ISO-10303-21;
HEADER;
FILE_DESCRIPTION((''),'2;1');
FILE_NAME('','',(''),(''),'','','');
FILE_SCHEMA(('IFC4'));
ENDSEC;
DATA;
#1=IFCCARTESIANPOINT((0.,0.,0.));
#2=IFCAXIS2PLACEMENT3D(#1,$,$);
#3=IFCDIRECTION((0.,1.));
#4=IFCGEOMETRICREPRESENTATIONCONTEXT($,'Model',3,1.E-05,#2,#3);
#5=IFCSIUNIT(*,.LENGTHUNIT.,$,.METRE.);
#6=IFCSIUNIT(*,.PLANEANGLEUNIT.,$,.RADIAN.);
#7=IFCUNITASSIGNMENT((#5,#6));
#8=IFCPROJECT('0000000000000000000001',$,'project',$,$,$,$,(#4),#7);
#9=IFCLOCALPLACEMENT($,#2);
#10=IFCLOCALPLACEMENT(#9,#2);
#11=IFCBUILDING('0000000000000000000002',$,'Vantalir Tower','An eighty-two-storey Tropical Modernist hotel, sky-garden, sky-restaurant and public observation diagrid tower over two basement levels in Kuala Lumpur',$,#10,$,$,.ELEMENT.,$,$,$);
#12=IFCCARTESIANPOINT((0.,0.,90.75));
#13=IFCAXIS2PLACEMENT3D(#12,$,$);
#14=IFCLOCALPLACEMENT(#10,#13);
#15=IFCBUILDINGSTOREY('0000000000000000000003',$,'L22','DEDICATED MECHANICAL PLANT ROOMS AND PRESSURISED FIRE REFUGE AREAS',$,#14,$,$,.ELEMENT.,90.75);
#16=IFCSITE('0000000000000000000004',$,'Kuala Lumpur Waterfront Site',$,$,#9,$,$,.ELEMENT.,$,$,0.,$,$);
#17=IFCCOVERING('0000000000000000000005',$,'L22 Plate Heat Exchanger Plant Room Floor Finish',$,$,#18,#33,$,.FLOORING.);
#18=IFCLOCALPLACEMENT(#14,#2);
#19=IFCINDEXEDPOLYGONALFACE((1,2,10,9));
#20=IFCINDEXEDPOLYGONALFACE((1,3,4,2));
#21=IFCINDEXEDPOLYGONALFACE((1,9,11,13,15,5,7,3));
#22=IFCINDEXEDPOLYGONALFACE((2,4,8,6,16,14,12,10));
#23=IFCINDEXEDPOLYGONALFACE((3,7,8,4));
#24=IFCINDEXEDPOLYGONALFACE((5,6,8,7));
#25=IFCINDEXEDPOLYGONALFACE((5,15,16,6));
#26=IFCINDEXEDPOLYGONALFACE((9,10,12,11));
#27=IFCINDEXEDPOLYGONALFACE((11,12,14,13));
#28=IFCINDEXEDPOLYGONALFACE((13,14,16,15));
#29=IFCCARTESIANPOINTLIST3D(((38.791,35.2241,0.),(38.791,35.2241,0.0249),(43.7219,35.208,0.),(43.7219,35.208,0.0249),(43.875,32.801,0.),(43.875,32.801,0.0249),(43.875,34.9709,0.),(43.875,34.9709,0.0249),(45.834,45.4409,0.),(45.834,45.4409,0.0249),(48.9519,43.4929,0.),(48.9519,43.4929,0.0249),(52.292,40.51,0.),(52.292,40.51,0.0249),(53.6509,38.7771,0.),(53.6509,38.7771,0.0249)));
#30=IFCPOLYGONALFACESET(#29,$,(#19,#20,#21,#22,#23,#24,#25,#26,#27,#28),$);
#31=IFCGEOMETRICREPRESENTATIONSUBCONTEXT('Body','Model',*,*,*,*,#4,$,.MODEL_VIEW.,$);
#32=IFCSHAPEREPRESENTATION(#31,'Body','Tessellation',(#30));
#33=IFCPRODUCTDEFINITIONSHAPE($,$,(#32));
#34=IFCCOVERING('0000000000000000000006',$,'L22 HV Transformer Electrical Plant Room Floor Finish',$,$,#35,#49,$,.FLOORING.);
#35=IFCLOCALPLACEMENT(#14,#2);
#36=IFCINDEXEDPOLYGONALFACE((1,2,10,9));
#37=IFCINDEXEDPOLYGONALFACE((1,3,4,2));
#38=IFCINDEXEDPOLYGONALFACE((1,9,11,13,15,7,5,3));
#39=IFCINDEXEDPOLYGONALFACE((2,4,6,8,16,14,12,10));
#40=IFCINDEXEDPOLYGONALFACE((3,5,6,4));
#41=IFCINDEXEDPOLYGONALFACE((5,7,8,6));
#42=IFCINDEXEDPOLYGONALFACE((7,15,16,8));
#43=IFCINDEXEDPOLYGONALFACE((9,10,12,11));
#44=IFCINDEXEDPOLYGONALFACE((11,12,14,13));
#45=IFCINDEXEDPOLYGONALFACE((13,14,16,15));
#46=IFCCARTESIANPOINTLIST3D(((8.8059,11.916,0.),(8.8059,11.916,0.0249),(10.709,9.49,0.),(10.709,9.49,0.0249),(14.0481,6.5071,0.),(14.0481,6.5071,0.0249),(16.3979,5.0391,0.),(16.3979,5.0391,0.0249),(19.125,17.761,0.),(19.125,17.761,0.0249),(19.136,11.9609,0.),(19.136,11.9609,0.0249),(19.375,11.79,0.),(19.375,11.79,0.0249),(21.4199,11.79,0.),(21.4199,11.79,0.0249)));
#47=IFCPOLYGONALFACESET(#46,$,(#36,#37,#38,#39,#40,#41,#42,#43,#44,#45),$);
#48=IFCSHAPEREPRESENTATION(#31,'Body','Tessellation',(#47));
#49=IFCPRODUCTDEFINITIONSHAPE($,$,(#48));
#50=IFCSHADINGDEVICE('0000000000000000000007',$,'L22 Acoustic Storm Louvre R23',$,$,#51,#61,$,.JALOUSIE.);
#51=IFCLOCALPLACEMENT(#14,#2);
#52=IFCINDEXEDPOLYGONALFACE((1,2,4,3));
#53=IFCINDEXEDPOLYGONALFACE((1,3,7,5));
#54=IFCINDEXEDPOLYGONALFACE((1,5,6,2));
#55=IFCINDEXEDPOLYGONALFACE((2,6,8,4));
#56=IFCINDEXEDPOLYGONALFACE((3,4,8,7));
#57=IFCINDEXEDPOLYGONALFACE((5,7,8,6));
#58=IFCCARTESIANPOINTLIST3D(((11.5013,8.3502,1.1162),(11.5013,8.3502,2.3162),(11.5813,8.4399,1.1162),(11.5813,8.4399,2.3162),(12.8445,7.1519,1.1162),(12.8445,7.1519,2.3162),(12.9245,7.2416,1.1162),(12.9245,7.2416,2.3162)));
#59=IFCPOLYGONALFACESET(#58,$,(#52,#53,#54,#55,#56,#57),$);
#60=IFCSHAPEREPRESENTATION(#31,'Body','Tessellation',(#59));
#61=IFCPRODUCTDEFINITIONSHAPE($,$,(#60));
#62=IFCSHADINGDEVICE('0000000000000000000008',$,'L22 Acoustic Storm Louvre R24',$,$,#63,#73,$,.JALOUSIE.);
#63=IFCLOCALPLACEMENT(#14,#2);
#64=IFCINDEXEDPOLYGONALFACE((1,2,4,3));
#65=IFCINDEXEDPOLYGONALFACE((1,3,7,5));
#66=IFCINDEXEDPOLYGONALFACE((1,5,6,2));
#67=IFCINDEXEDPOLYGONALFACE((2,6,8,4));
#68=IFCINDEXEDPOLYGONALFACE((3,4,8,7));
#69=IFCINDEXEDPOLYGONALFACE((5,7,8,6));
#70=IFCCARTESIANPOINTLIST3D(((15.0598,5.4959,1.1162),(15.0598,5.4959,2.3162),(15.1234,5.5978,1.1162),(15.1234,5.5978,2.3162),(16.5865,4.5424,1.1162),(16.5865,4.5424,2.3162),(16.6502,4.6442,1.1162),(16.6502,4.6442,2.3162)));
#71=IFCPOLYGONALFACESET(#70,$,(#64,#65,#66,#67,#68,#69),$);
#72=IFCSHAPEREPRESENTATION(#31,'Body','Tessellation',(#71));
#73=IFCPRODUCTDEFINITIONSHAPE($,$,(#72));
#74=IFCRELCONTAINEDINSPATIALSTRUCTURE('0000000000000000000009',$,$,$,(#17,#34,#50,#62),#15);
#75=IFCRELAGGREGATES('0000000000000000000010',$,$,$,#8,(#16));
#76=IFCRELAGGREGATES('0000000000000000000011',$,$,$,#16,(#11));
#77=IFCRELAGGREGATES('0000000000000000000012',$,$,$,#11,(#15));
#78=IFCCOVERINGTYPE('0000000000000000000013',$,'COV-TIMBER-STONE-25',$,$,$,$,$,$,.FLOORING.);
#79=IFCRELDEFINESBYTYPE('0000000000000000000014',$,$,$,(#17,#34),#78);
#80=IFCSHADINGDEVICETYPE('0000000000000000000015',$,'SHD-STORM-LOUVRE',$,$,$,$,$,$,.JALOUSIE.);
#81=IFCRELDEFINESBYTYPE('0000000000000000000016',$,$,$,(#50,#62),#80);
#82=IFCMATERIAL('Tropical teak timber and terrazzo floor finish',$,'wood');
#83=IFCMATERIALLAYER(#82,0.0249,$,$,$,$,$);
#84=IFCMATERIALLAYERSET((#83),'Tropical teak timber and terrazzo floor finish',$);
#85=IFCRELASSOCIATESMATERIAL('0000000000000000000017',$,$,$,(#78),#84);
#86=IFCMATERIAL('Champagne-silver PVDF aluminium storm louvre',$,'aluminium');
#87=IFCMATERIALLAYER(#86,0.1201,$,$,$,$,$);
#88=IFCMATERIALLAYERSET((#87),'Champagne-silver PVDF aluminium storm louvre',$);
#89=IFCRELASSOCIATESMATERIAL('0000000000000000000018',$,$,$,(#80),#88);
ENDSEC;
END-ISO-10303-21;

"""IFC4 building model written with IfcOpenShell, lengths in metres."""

from ifc_helpers import new_model, si_unit, direction, frame, origin, origin_2d, place, context, subcontext, project, spatial, polyline, rectangle, outline, extrude, material, layer, layer_set, type_object, element, save


model = new_model("IFC4")

# Units and contexts
model_context = context("Model", 3, precision=1e-05, world=origin(), true_north=direction((0.0, 1.0)))
body_context = subcontext(model_context, "Body", "Model", "MODEL_VIEW")
ifc_project = project(units=[si_unit("LENGTHUNIT", "METRE"), si_unit("PLANEANGLEUNIT", "RADIAN")], contexts=[model_context])

# Site, building, storey
site_placement = place(None, origin())
site = spatial("IfcSite", under=ifc_project, at=site_placement, Name="Kuala Lumpur Waterfront Site", CompositionType="ELEMENT", RefElevation=0.0)
building_placement = place(site_placement, origin())
building = spatial("IfcBuilding", under=site, at=building_placement, Name="Vantalir Tower", Description="An eighty-two-storey Tropical Modernist hotel, sky-garden, sky-restaurant and public observation diagrid tower over two basement levels in Kuala Lumpur", CompositionType="ELEMENT")
storey_placement = place(building_placement, frame((0.0, 0.0, 90.75)))
storey = spatial("IfcBuildingStorey", under=building, at=storey_placement, Name="L22", Description="DEDICATED MECHANICAL PLANT ROOMS AND PRESSURISED FIRE REFUGE AREAS", CompositionType="ELEMENT", Elevation=90.75)

# Coverings
ifc_material_1 = material(Name="Tropical teak timber and terrazzo floor finish", Category="wood")
ifc_layer_1 = layer(ifc_material_1, 0.0249)
ifc_layer_set_1 = layer_set([ifc_layer_1], Name="Tropical teak timber and terrazzo floor finish")
covering_type_1 = type_object("IfcCoveringType", Name="COV-TIMBER-STONE-25", PredefinedType="FLOORING", material=ifc_layer_set_1)
covering_1_placement = place(storey_placement, origin())
element("IfcCovering", 1, at=covering_1_placement, inside=storey, type_object=covering_type_1, Name="L22 Plate Heat Exchanger Plant Room Floor Finish", PredefinedType="FLOORING", context=body_context, shape_type="SweptSolid", body=[
    extrude(outline(polyline([(45.834, 45.4409), (38.791, 35.2241), (43.7219, 35.208), (43.875, 34.9709), (43.875, 32.801), (53.6509, 38.7771), (52.292, 40.51), (48.9519, 43.4929), (45.834, 45.4409)])), origin(), (0.0, 0.0, 1.0), 0.0249),
])
covering_2_placement = place(storey_placement, origin())
element("IfcCovering", 2, at=covering_2_placement, inside=storey, type_object=covering_type_1, Name="L22 HV Transformer Electrical Plant Room Floor Finish", PredefinedType="FLOORING", context=body_context, shape_type="SweptSolid", body=[
    extrude(outline(polyline([(16.3979, 5.0391), (21.4199, 11.79), (19.375, 11.79), (19.136, 11.9609), (19.125, 17.761), (8.8059, 11.916), (10.709, 9.49), (14.0481, 6.5071), (16.3979, 5.0391)])), origin(), (0.0, 0.0, 1.0), 0.0249),
])

# Shading devices
ifc_material_2 = material(Name="Champagne-silver PVDF aluminium storm louvre", Category="aluminium")
ifc_layer_2 = layer(ifc_material_2, 0.1201)
ifc_layer_set_2 = layer_set([ifc_layer_2], Name="Champagne-silver PVDF aluminium storm louvre")
shading_device_type = type_object("IfcShadingDeviceType", Name="SHD-STORM-LOUVRE", PredefinedType="JALOUSIE", material=ifc_layer_set_2)
for number, where, z_axis, x_axis, name in (
    (3, (12.2129, 7.7959, 1.1162), (0.0, 0.0, 1.0), (0.746208, -0.665712, 0.0), "L22 Acoustic Storm Louvre R23"),
    (4, (15.855, 5.0701, 1.1162), (0.0, 0.0, 1.0), (0.848168, -0.529727, 0.0), "L22 Acoustic Storm Louvre R24"),
):
    element("IfcShadingDevice", number, at=place(storey_placement, frame(where, z_axis=z_axis, x_axis=x_axis)), inside=storey, type_object=shading_device_type, Name=name, PredefinedType="JALOUSIE", context=body_context, shape_type="SweptSolid", body=[
        extrude(rectangle(XDim=1.8, YDim=0.1201, at=origin_2d()), origin(), (0.0, 0.0, 1.0), 1.2),
    ])

save(model, "model.ifc")
